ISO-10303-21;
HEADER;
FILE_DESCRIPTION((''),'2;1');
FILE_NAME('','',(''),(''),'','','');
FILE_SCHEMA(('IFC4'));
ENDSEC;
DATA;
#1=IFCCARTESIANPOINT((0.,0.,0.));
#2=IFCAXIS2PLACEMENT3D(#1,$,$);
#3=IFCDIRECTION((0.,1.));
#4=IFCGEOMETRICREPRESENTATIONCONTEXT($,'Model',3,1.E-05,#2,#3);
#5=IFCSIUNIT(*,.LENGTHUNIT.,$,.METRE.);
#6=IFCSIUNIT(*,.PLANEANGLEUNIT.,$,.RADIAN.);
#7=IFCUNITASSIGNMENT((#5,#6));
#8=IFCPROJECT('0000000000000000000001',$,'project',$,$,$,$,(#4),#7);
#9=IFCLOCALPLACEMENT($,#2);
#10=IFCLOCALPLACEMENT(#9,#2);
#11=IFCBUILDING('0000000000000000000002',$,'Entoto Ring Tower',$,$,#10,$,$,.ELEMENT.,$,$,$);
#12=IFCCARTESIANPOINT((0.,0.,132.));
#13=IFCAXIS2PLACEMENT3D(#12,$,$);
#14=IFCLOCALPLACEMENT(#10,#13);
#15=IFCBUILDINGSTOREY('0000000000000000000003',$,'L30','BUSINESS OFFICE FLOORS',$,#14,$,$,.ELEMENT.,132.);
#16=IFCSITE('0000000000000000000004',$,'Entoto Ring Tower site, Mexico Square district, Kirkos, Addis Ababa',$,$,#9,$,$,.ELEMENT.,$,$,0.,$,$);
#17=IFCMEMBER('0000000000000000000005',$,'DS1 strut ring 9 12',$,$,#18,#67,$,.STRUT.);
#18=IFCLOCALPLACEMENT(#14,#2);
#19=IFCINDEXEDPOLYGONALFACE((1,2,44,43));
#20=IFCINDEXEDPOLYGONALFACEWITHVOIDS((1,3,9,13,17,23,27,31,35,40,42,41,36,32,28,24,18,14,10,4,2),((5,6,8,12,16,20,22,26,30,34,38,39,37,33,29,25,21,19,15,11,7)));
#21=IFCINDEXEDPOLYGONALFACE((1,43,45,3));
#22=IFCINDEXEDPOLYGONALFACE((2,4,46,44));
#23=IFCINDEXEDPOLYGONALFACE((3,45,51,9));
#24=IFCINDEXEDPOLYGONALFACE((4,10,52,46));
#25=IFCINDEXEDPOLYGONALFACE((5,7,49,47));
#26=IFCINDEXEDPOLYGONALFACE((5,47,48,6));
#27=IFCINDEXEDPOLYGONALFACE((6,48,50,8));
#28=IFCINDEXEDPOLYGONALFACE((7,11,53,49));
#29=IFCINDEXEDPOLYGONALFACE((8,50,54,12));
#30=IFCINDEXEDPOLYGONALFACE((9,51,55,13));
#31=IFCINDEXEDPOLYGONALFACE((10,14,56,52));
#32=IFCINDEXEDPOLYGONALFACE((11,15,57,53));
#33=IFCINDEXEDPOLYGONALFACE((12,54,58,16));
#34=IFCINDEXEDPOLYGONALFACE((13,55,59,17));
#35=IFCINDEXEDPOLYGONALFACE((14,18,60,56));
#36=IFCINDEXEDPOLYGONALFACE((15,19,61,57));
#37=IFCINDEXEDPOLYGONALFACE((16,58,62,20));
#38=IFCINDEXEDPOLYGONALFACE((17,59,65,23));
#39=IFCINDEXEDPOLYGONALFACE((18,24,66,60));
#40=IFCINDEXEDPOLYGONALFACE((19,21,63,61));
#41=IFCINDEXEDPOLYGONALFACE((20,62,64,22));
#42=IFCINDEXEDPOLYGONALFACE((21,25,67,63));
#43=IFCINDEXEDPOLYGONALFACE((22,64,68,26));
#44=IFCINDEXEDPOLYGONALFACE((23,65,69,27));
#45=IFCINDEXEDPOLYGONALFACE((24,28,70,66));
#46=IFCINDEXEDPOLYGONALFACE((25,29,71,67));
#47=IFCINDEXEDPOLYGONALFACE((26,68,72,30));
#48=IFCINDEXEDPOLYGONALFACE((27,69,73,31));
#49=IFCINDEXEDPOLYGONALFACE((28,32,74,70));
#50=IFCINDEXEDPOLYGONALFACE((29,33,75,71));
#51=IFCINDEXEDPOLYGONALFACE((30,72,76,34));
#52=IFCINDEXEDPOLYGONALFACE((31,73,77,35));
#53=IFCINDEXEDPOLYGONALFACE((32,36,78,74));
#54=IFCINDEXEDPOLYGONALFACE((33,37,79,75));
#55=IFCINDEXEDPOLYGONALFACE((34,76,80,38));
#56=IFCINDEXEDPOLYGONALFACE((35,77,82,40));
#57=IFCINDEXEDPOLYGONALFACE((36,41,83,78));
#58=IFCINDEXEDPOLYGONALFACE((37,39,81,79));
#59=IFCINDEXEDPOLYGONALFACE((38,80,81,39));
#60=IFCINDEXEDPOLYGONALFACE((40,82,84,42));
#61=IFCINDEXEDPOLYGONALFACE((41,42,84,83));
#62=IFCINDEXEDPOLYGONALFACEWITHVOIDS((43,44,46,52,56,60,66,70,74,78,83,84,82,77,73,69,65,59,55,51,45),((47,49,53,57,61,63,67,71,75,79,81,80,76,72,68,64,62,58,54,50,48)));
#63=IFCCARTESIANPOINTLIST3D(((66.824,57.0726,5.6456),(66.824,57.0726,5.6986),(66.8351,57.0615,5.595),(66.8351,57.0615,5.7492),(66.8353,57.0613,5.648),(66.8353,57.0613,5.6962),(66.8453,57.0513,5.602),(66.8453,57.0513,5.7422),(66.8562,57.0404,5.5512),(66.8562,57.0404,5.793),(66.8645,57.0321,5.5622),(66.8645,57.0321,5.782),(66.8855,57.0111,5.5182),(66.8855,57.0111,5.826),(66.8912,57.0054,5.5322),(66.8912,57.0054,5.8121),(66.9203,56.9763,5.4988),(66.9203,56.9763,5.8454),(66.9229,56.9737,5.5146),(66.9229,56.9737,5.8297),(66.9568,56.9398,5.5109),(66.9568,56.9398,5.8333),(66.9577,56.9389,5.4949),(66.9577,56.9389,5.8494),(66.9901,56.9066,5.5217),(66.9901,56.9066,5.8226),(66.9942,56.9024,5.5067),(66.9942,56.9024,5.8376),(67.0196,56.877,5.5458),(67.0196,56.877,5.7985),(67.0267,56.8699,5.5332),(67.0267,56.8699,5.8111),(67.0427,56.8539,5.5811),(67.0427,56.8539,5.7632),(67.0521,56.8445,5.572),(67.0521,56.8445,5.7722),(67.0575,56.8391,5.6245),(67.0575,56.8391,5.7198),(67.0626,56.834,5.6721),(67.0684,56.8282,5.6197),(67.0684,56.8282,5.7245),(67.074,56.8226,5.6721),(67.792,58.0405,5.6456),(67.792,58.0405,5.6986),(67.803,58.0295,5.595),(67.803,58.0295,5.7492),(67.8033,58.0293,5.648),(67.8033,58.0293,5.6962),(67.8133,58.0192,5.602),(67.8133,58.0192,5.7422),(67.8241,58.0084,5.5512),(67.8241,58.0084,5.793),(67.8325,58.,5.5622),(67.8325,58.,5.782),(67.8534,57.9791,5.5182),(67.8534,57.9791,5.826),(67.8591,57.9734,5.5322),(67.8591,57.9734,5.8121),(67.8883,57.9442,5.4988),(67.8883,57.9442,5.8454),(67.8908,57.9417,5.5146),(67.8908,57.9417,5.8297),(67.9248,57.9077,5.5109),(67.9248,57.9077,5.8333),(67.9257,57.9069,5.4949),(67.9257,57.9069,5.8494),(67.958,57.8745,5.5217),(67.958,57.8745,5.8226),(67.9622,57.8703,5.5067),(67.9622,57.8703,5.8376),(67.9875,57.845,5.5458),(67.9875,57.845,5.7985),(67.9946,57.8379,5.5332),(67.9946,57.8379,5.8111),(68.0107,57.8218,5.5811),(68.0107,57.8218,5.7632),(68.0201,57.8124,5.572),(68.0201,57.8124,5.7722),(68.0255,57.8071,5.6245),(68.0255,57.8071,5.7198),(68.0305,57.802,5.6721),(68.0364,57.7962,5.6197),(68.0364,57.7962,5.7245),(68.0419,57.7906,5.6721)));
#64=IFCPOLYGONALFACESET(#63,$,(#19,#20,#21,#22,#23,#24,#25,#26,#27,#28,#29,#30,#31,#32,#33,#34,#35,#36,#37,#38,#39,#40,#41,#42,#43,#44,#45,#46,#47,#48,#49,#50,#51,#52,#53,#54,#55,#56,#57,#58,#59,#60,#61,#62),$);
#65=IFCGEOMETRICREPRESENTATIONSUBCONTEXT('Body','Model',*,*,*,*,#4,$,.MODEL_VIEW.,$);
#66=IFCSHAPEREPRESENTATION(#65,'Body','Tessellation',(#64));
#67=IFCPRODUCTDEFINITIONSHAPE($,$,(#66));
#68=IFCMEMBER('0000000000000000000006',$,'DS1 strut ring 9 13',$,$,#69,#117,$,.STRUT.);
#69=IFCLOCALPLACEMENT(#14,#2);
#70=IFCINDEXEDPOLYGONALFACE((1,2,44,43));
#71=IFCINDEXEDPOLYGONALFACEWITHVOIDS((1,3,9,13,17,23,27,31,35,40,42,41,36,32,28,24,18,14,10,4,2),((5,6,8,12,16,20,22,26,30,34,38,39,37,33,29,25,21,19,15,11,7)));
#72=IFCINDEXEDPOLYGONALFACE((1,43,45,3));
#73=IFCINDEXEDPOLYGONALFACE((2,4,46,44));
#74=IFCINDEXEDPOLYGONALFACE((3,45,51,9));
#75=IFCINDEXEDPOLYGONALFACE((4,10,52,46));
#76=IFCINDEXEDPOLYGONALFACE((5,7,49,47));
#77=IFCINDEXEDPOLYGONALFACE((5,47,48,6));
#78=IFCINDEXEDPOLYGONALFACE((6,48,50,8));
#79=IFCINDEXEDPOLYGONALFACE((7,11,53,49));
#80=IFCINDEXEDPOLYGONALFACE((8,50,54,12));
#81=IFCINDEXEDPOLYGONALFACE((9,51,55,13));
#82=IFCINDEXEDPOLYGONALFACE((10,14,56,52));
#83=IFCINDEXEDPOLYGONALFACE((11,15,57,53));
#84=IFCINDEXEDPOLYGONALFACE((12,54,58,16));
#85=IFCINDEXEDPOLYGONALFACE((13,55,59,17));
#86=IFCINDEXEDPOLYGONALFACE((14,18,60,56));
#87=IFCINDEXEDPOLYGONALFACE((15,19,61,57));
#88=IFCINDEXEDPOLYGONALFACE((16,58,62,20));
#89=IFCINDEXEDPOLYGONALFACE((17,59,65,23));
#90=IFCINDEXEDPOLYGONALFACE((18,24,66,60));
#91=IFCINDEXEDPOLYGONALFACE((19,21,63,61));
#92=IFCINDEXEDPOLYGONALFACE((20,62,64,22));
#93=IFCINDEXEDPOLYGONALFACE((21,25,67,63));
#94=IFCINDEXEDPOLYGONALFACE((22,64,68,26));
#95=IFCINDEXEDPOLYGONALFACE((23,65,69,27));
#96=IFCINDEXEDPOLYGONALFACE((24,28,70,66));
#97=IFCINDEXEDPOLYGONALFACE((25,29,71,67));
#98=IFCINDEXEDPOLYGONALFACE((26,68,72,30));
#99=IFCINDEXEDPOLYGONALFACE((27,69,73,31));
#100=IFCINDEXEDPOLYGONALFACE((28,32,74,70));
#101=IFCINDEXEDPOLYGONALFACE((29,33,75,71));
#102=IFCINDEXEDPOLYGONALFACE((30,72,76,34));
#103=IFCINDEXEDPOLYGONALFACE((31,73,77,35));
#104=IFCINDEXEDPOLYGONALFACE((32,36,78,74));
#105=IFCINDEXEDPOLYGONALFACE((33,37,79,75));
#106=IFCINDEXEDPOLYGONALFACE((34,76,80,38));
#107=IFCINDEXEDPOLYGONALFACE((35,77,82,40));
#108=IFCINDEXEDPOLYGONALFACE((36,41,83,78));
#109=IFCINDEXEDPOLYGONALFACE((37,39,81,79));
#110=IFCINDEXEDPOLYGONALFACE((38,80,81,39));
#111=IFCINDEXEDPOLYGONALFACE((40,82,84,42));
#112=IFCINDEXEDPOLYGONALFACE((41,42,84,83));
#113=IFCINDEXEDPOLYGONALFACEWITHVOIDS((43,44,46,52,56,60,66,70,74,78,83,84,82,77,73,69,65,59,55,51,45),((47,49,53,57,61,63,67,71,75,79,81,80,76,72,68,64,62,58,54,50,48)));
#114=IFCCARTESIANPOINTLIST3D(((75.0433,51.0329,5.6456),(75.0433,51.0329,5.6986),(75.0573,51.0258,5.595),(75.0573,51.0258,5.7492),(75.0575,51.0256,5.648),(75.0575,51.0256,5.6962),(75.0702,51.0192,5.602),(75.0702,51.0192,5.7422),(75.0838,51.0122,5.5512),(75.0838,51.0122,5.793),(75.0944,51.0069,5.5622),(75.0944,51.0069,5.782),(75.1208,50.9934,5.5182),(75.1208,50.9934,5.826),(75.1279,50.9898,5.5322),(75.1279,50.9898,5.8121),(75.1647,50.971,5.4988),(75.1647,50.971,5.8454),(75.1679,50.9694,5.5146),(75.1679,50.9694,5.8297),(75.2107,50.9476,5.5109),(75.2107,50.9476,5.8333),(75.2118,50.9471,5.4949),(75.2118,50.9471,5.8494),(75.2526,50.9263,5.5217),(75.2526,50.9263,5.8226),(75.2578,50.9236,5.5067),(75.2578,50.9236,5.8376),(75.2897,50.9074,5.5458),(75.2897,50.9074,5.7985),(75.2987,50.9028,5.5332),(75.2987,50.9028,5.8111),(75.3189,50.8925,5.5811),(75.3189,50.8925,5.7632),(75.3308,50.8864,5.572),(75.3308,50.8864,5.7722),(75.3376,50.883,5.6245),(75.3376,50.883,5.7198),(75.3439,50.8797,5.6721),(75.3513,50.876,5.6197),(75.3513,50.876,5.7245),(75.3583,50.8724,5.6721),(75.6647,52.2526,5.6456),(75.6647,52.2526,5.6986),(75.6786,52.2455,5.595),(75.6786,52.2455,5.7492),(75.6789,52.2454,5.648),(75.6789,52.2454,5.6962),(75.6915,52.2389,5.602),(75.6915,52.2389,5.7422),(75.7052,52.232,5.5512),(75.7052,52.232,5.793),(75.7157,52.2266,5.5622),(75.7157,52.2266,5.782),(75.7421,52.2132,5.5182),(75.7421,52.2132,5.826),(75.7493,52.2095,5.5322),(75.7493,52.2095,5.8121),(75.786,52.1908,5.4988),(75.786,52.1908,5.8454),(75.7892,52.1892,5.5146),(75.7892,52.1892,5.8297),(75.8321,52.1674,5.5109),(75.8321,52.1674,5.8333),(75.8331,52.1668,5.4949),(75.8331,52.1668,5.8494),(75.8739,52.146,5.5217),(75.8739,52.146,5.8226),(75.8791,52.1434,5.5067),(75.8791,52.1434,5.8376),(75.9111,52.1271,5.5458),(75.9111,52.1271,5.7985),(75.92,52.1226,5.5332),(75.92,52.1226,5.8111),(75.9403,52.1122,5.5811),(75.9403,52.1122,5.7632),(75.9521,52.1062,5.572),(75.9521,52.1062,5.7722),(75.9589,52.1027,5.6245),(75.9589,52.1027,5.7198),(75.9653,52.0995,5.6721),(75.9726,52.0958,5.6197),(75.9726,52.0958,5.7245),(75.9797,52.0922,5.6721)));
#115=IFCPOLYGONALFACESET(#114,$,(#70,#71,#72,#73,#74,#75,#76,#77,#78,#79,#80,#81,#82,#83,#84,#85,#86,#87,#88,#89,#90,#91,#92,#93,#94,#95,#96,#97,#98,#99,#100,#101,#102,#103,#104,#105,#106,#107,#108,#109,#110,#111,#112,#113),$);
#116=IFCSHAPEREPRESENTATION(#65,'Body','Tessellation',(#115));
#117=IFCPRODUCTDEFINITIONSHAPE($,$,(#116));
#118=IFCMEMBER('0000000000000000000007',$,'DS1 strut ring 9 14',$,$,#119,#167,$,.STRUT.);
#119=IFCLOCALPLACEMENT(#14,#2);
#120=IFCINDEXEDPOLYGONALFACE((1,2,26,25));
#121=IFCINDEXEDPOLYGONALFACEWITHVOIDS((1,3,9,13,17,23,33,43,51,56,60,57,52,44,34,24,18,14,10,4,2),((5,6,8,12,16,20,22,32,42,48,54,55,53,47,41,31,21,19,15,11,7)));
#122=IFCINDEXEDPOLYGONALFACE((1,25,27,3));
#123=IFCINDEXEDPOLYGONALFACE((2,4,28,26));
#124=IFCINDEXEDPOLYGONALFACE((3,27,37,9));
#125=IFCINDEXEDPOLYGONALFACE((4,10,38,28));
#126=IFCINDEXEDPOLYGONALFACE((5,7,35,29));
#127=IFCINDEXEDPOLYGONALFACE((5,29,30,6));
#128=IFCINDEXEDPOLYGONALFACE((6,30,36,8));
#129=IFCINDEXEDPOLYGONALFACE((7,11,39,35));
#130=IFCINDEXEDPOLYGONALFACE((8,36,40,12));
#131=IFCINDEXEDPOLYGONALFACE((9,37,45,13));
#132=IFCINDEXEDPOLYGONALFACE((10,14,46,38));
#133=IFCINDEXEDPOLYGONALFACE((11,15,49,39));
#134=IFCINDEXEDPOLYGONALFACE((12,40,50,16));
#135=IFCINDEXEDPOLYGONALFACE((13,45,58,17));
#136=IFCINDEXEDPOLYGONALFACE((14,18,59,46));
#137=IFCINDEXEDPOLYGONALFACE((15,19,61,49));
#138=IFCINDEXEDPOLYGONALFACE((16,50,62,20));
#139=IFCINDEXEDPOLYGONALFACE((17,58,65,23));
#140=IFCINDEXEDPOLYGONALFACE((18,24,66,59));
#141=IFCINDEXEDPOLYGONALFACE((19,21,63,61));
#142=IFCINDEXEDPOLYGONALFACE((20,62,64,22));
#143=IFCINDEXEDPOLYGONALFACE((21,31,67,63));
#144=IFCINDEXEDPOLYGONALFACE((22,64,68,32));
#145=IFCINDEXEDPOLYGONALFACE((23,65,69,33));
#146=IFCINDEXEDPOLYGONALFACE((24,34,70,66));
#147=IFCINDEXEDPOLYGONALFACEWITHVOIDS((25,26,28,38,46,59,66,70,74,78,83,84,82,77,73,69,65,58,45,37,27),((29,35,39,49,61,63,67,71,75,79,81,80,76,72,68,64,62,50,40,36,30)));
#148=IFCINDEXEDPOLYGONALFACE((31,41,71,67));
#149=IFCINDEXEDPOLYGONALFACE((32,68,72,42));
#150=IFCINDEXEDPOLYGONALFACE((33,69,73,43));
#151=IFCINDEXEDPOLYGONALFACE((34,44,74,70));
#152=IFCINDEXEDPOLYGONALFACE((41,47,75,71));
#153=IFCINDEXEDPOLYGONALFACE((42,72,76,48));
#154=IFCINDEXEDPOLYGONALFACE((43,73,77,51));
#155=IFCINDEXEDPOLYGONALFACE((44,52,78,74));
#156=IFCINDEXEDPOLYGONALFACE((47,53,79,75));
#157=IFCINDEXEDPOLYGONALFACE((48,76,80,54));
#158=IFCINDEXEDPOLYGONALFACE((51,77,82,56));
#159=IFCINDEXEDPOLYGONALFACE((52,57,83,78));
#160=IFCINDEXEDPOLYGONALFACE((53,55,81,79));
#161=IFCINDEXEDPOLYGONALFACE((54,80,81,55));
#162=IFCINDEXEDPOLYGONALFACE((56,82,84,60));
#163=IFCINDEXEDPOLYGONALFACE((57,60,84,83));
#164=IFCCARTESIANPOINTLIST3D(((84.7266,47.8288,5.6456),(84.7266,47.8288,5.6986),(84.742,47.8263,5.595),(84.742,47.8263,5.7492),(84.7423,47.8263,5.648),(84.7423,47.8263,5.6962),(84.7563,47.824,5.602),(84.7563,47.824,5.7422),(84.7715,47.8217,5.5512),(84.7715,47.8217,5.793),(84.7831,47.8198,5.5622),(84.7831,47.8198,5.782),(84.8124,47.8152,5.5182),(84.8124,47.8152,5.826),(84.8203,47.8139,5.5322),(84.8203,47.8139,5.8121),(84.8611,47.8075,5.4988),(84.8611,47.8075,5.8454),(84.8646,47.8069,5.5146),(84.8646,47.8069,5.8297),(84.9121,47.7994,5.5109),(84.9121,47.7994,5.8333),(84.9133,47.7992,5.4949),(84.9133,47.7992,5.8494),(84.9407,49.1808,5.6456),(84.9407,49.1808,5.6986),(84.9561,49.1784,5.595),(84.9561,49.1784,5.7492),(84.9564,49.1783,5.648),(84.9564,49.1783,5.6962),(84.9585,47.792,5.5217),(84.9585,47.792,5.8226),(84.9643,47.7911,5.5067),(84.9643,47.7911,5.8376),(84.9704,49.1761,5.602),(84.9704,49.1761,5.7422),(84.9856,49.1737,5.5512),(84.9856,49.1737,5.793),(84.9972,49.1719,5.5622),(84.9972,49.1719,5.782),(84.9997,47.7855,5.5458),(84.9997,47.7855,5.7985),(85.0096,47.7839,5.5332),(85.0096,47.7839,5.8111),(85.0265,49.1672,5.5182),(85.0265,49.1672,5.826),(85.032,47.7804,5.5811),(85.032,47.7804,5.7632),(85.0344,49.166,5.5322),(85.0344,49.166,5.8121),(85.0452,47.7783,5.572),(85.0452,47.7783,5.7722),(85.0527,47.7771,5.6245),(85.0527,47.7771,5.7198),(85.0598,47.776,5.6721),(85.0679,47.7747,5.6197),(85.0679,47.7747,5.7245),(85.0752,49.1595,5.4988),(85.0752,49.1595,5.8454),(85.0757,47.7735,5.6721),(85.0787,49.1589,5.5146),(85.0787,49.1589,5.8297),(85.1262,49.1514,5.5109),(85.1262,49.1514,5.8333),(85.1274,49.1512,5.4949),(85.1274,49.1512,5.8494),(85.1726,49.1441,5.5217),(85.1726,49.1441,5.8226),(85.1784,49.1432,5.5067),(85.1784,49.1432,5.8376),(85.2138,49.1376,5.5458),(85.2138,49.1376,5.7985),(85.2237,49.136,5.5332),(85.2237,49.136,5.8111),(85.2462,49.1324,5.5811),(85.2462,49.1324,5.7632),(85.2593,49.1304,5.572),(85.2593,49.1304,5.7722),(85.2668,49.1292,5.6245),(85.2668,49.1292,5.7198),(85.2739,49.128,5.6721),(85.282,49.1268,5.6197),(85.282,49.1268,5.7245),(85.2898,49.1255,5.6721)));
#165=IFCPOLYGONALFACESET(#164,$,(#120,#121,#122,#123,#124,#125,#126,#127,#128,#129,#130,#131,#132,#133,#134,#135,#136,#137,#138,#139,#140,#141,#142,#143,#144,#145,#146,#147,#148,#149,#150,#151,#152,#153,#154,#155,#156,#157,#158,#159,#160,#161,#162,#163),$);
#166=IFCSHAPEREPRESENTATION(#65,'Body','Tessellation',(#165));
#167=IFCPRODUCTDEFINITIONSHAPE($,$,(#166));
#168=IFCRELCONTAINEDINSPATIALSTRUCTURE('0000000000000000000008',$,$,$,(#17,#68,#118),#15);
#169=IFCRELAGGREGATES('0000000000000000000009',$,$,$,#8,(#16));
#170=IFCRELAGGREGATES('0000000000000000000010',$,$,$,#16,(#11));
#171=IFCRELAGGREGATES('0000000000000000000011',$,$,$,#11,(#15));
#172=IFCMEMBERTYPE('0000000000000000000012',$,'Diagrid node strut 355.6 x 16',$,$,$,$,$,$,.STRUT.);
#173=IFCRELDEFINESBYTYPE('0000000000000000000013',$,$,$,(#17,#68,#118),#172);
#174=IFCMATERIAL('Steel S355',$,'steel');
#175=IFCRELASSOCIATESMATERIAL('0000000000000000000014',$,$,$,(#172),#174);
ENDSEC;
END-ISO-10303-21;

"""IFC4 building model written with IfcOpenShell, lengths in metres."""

from ifc_helpers import new_model, si_unit, direction, frame, origin, origin_2d, place, context, subcontext, project, spatial, circle, hollow_circle, extrude, material, material_profile, profile_set, type_object, element, save


model = new_model("IFC4")

# Units and contexts
model_context = context("Model", 3, precision=1e-05, world=origin(), true_north=direction((0.0, 1.0)))
body_context = subcontext(model_context, "Body", "Model", "MODEL_VIEW")
ifc_project = project(units=[si_unit("LENGTHUNIT", "METRE"), si_unit("PLANEANGLEUNIT", "RADIAN")], contexts=[model_context])

# Site, building, storey
site_placement = place(None, origin())
site = spatial("IfcSite", under=ifc_project, at=site_placement, Name="Entoto Ring Tower site, Mexico Square district, Kirkos, Addis Ababa", CompositionType="ELEMENT", RefElevation=0.0)
building_placement = place(site_placement, origin())
building = spatial("IfcBuilding", under=site, at=building_placement, Name="Entoto Ring Tower", CompositionType="ELEMENT")
storey_placement = place(building_placement, frame((0.0, 0.0, 132.0)))
storey = spatial("IfcBuildingStorey", under=building, at=storey_placement, Name="L30", Description="BUSINESS OFFICE FLOORS", CompositionType="ELEMENT", Elevation=132.0)

# Members
ifc_material_1 = material(Name="Steel S355", Category="steel")
ifc_material_profile_1 = material_profile(ifc_material_1, hollow_circle(Radius=0.1777, WallThickness=0.0161, at=origin_2d()), Name="CHS 355.6 x 16")
ifc_material_2 = material(Name="Concrete C60/75", Category="concrete")
ifc_material_profile_2 = material_profile(ifc_material_2, circle(Radius=0.1619, at=origin_2d()), Name="Concrete C60/75 infill")
ifc_profile_set_1 = profile_set([ifc_material_profile_1, ifc_material_profile_2], Name="Steel S355")
member_type_1 = type_object("IfcMemberType", Name="Diagrid node strut 355.6 x 16", PredefinedType="STRUT", material=ifc_profile_set_1)
for number, where, z_axis, x_axis, name in (
    (1, (67.9163, 57.9163, 5.6721), (-0.707107, -0.707107, 0.0), (0.707107, -0.707107, 0.0), "DS1 strut ring 9 12"),
    (2, (75.8213, 52.1729, 5.6721), (-0.453907, -0.891049, 0.0), (0.891049, -0.453907, 0.0), "DS1 strut ring 9 13"),
    (3, (85.1143, 49.1533, 5.6721), (-0.156411, -0.987692, 0.0), (0.987692, -0.156411, 0.0), "DS1 strut ring 9 14"),
):
    element("IfcMember", number, at=place(storey_placement, frame(where, z_axis=z_axis, x_axis=x_axis)), inside=storey, type_object=member_type_1, Name=name, PredefinedType="STRUT", context=body_context, shape_type="SweptSolid", body=[
        extrude(hollow_circle(Radius=0.1777, WallThickness=0.0161, at=origin_2d()), origin(), (0.0, 0.0, 1.0), 1.3689),
    ])

save(model, "model.ifc")
